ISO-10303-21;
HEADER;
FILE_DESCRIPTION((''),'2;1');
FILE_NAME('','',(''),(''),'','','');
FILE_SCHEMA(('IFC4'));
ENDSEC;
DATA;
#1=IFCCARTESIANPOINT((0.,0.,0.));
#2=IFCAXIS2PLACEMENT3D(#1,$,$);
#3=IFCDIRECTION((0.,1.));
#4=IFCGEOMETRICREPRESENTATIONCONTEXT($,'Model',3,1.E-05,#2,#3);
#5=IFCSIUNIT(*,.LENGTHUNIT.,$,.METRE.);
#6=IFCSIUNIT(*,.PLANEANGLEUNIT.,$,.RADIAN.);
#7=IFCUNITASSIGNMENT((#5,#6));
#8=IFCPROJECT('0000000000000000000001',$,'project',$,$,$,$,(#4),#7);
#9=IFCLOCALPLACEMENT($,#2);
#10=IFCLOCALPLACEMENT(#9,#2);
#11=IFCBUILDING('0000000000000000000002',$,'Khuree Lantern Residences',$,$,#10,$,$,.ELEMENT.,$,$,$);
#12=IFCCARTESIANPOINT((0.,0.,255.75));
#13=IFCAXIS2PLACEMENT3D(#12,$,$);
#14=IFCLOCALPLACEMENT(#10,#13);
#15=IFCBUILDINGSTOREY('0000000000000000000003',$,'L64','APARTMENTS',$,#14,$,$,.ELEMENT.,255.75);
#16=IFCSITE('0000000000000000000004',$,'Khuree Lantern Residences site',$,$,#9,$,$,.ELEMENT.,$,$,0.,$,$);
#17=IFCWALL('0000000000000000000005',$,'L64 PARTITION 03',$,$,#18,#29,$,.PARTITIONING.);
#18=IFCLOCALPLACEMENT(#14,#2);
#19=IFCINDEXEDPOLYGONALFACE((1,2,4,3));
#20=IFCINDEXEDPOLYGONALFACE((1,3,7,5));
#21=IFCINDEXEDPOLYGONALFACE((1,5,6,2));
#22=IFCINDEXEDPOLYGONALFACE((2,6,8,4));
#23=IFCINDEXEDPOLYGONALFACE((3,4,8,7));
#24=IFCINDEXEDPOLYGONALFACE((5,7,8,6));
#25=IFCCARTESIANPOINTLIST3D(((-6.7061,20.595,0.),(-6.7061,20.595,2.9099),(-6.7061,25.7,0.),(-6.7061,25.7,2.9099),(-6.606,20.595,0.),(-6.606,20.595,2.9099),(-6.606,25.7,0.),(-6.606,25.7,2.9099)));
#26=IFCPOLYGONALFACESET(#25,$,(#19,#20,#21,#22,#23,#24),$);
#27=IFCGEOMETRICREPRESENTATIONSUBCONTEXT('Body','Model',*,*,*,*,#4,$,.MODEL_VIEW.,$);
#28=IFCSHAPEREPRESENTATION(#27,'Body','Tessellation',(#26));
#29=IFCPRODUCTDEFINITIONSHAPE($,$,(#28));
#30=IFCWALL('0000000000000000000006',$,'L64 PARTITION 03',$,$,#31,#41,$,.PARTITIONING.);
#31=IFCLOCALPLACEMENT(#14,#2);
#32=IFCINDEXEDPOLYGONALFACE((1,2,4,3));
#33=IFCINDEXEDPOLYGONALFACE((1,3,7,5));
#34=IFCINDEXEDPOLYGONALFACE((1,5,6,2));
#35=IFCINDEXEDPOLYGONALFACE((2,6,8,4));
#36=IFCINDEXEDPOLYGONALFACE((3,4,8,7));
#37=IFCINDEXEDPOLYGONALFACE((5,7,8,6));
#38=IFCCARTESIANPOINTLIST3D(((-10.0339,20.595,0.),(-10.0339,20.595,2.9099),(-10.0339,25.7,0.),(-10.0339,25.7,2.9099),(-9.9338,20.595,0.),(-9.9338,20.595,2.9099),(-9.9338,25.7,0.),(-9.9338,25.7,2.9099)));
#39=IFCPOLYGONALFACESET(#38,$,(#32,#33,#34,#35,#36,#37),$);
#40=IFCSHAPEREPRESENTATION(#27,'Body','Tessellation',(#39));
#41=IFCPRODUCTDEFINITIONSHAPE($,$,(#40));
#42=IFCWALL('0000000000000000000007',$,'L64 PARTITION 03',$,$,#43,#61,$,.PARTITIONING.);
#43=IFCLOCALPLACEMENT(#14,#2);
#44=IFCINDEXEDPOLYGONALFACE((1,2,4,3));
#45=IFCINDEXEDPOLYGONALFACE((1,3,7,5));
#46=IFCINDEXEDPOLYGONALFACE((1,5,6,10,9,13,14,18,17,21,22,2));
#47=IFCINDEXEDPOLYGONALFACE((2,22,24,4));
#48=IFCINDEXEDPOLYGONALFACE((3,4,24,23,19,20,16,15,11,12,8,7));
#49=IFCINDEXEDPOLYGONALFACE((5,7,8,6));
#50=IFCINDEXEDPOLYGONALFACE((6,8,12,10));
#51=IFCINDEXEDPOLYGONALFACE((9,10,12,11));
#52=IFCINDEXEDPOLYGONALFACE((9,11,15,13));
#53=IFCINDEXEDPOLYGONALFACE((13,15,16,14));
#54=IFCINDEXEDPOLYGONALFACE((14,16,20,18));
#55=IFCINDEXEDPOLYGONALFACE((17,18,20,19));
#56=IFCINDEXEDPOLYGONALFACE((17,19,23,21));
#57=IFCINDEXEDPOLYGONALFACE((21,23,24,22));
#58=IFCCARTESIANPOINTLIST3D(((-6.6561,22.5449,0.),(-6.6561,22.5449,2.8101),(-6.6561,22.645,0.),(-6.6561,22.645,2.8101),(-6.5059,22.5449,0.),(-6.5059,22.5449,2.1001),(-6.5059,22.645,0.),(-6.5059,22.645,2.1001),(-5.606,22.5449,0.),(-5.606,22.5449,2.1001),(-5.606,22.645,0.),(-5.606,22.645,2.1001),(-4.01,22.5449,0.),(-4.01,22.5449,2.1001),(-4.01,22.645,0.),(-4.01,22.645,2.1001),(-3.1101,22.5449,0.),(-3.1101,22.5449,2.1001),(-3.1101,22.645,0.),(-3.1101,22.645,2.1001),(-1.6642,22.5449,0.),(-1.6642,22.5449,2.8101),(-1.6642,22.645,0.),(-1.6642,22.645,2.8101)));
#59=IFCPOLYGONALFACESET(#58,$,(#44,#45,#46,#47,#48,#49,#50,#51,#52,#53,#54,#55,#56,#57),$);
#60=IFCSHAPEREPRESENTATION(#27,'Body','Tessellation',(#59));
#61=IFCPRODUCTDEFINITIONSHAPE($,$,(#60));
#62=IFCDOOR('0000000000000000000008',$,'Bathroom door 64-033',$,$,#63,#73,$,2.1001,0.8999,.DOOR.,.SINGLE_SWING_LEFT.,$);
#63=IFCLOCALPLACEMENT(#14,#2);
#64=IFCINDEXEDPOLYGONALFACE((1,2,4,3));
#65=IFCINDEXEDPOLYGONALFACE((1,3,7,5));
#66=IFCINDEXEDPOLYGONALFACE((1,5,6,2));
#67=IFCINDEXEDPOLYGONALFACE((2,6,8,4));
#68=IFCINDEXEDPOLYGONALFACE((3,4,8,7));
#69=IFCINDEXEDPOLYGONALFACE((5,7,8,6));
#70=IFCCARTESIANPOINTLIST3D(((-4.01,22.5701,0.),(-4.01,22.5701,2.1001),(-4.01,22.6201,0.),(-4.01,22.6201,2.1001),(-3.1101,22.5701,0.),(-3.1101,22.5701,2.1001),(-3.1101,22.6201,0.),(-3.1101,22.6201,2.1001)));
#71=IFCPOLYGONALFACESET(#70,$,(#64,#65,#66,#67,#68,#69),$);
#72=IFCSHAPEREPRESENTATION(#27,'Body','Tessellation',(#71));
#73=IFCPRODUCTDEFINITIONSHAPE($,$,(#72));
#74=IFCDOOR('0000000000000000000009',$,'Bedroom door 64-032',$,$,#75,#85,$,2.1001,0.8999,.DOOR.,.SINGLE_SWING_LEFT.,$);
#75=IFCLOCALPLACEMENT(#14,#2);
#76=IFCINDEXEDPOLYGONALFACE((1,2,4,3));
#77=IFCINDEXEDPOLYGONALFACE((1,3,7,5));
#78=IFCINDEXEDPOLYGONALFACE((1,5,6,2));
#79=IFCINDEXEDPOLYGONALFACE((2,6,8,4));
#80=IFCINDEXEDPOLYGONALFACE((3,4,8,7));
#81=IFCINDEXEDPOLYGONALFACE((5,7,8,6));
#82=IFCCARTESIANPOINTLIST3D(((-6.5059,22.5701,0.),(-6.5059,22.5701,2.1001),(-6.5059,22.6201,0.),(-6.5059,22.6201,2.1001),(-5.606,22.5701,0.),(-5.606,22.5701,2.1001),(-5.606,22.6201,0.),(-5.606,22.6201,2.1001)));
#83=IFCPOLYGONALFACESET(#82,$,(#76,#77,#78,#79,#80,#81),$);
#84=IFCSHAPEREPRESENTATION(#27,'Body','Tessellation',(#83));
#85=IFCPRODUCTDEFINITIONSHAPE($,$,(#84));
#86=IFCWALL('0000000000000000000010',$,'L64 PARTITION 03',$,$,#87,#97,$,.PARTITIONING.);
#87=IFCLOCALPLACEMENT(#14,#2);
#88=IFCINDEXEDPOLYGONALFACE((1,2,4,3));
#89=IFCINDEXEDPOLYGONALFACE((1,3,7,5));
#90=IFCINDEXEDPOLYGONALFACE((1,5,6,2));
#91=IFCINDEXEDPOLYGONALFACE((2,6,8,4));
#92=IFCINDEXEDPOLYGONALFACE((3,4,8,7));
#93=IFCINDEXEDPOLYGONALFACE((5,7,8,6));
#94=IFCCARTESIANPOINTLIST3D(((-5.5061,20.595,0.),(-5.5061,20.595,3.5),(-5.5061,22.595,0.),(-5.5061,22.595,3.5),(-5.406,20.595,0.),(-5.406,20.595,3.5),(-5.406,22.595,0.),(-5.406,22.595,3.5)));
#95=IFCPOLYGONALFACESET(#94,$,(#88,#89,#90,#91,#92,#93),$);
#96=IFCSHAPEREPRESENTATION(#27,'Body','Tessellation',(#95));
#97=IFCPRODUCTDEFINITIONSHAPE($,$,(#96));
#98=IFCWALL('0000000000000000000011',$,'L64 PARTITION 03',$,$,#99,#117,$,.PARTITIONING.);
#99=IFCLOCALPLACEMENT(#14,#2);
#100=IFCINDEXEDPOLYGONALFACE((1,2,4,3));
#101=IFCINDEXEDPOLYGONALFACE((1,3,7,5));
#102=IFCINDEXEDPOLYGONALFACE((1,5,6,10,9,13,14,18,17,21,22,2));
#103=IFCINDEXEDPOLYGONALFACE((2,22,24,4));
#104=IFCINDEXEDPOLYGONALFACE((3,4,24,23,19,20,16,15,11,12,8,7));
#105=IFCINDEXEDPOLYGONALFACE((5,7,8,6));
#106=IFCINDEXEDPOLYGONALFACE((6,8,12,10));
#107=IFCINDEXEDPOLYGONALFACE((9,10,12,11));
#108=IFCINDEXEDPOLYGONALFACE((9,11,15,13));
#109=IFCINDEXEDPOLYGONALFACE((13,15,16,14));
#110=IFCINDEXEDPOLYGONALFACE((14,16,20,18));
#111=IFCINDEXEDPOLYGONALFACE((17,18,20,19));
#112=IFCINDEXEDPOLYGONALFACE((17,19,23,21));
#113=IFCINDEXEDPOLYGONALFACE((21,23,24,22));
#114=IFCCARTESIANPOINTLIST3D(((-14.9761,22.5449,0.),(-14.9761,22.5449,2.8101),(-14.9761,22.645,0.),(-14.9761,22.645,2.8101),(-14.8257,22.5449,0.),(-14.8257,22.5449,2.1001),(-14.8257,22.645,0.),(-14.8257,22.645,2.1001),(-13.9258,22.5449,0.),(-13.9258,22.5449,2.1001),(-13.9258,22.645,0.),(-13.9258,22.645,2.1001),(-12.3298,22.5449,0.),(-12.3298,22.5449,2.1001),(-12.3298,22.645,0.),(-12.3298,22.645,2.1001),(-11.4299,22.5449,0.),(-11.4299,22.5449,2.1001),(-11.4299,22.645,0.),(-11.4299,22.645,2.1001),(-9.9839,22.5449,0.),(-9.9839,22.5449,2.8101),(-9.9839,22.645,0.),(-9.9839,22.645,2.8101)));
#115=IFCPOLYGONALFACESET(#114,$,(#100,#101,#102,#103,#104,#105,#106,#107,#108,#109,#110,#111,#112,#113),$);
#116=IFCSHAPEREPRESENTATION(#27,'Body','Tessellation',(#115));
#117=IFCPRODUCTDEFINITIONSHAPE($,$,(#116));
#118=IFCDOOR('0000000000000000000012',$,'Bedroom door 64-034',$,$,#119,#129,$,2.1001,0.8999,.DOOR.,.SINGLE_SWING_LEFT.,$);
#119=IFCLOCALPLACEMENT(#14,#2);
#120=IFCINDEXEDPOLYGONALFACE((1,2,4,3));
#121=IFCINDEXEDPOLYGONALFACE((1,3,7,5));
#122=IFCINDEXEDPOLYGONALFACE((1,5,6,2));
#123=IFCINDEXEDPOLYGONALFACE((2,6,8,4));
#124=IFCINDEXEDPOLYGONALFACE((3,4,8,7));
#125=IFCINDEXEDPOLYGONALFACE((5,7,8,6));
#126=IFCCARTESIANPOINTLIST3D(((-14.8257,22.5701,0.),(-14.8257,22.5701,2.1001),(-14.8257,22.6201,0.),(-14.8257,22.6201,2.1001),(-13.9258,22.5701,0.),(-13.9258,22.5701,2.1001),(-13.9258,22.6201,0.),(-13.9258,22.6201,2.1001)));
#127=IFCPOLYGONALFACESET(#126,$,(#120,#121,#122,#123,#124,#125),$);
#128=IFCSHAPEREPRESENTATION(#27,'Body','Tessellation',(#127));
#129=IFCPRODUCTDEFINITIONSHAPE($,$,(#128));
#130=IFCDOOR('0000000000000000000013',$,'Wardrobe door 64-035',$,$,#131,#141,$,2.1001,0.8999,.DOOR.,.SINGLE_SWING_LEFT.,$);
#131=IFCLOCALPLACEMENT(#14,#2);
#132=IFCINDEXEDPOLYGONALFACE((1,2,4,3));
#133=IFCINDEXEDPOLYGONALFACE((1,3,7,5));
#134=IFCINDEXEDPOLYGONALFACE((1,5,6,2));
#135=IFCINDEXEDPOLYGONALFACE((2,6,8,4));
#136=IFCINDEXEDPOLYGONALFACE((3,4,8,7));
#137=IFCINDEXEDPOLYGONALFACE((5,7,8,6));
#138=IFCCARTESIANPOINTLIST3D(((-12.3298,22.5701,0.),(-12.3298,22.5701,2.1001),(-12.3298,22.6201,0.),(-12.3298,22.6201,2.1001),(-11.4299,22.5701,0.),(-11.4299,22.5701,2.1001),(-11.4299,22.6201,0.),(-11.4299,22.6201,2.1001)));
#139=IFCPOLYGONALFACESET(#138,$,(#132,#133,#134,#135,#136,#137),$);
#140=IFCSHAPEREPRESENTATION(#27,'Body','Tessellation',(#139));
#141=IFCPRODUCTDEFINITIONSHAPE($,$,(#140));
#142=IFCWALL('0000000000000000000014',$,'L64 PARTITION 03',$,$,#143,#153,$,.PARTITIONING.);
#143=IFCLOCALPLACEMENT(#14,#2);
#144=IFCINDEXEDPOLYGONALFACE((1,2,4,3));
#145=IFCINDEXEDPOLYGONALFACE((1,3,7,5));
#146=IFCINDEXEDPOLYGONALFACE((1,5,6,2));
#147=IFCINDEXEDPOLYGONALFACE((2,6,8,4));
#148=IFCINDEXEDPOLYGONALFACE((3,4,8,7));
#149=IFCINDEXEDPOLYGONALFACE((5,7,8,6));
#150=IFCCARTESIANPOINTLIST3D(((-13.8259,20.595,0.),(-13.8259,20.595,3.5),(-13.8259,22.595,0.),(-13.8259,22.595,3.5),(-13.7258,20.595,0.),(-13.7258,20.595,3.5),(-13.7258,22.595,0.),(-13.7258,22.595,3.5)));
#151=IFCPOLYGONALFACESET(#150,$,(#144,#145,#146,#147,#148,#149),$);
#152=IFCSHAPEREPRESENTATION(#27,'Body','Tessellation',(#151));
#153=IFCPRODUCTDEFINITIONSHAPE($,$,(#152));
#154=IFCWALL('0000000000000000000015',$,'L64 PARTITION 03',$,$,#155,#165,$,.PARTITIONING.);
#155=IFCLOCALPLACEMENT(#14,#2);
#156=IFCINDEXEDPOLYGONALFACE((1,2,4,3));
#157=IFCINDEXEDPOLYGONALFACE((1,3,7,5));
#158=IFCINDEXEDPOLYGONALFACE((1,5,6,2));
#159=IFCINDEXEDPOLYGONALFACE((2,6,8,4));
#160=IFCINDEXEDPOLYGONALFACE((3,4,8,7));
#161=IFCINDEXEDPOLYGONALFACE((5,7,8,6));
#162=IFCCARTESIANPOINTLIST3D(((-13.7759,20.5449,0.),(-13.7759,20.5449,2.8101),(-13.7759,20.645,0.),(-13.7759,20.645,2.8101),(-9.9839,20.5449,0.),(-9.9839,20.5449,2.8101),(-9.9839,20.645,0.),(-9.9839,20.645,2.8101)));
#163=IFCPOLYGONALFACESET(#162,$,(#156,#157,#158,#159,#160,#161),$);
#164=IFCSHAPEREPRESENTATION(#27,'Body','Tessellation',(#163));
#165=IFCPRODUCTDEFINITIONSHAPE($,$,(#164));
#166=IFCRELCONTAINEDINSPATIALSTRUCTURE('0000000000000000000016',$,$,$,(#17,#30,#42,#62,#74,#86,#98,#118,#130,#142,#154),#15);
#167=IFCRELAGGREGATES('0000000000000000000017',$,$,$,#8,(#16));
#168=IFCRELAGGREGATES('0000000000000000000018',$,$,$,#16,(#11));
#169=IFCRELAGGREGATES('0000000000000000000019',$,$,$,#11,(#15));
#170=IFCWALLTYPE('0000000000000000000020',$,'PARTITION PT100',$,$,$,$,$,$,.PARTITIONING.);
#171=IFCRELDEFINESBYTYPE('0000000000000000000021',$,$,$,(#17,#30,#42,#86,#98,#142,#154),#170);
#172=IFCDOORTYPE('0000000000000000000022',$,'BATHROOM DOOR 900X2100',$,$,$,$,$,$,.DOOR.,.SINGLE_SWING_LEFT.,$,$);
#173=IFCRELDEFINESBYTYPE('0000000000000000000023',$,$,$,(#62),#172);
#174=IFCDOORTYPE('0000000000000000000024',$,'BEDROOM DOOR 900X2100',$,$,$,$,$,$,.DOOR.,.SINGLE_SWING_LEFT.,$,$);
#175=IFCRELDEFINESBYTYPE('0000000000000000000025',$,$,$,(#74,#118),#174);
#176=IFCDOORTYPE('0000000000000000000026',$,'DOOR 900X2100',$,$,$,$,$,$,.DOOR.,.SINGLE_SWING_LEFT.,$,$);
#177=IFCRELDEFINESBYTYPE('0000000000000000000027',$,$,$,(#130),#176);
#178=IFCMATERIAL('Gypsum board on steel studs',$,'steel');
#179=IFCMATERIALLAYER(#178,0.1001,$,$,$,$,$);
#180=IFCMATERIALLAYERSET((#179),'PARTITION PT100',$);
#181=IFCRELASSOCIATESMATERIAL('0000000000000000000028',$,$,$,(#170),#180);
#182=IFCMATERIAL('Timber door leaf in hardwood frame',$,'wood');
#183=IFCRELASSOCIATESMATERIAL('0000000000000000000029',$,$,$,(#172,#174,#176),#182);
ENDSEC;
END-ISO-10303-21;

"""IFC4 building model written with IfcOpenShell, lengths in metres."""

from ifc_helpers import new_model, si_unit, direction, frame, frame_2d, origin, place, context, subcontext, project, spatial, rectangle, extrude, material, layer, layer_set, type_object, element, fill, save


model = new_model("IFC4")

# Units and contexts
model_context = context("Model", 3, precision=1e-05, world=origin(), true_north=direction((0.0, 1.0)))
body_context = subcontext(model_context, "Body", "Model", "MODEL_VIEW")
ifc_project = project(units=[si_unit("LENGTHUNIT", "METRE"), si_unit("PLANEANGLEUNIT", "RADIAN")], contexts=[model_context])

# Site, building, storey
site_placement = place(None, origin())
site = spatial("IfcSite", under=ifc_project, at=site_placement, Name="Khuree Lantern Residences site", CompositionType="ELEMENT", RefElevation=0.0)
building_placement = place(site_placement, origin())
building = spatial("IfcBuilding", under=site, at=building_placement, Name="Khuree Lantern Residences", CompositionType="ELEMENT")
storey_placement = place(building_placement, frame((0.0, 0.0, 255.75)))
storey = spatial("IfcBuildingStorey", under=building, at=storey_placement, Name="L64", Description="APARTMENTS", CompositionType="ELEMENT", Elevation=255.75)

# Walls
ifc_material_1 = material(Name="Gypsum board on steel studs", Category="steel")
ifc_layer_1 = layer(ifc_material_1, 0.1001)
ifc_layer_set_1 = layer_set([ifc_layer_1], Name="PARTITION PT100")
wall_type_1 = type_object("IfcWallType", Name="PARTITION PT100", PredefinedType="PARTITIONING", material=ifc_layer_set_1)
for number, where, z_axis, x_axis, name in (
    (1, (-6.656, 20.595, 0.0), (0.0, 0.0, 1.0), (0.0, 1.0, 0.0), "L64 PARTITION 03"),
    (2, (-9.9839, 20.595, 0.0), (0.0, 0.0, 1.0), (0.0, 1.0, 0.0), "L64 PARTITION 03"),
):
    element("IfcWall", number, at=place(storey_placement, frame(where, z_axis=z_axis, x_axis=x_axis)), inside=storey, type_object=wall_type_1, Name=name, PredefinedType="PARTITIONING", context=body_context, shape_type="SweptSolid", body=[
        extrude(rectangle(XDim=5.105, YDim=0.1001, at=frame_2d((2.5525, 0.0))), origin(), (0.0, 0.0, 1.0), 2.9099),
    ])

# Wall, openings, doors
wall_1_placement = place(storey_placement, frame((-1.6641, 22.595, 0.0), z_axis=(0.0, 0.0, 1.0), x_axis=(-1.0, 0.0, 0.0)))
wall_1 = element("IfcWall", 3, at=wall_1_placement, inside=storey, type_object=wall_type_1, Name="L64 PARTITION 03", PredefinedType="PARTITIONING", context=body_context, shape_type="SweptSolid", body=[
    extrude(rectangle(XDim=4.9919, YDim=0.1001, at=frame_2d((2.4961, 0.0))), origin(), (0.0, 0.0, 1.0), 2.8101),
])
opening_1_placement = place(wall_1_placement, frame((3.9419, 0.0, 0.0)))
opening_1 = element("IfcOpeningElement", 4, at=opening_1_placement, cuts=wall_1, PredefinedType="OPENING", context=body_context, shape_type="SweptSolid", body=[
    extrude(rectangle(XDim=0.8999, YDim=2.1001, at=frame_2d((0.45, 1.05))), frame((0.0, 0.0601, 0.0), z_axis=(0.0, -1.0, 0.0), x_axis=(1.0, 0.0, 0.0)), (0.0, 0.0, 1.0), 0.1201),
])
opening_2_placement = place(wall_1_placement, frame((1.446, 0.0, 0.0)))
opening_2 = element("IfcOpeningElement", 5, at=opening_2_placement, cuts=wall_1, PredefinedType="OPENING", context=body_context, shape_type="SweptSolid", body=[
    extrude(rectangle(XDim=0.8999, YDim=2.1001, at=frame_2d((0.45, 1.05))), frame((0.0, 0.0601, 0.0), z_axis=(0.0, -1.0, 0.0), x_axis=(1.0, 0.0, 0.0)), (0.0, 0.0, 1.0), 0.1201),
])
ifc_material_2 = material(Name="Timber door leaf in hardwood frame", Category="wood")
door_type_1 = type_object("IfcDoorType", Name="BATHROOM DOOR 900X2100", OperationType="SINGLE_SWING_LEFT", PredefinedType="DOOR", material=ifc_material_2)
door_1_placement = place(opening_2_placement, origin())
door_1 = element("IfcDoor", 6, at=door_1_placement, inside=storey, type_object=door_type_1, Name="Bathroom door 64-033", OperationType="SINGLE_SWING_LEFT", OverallHeight=2.1001, OverallWidth=0.8999, PredefinedType="DOOR", context=body_context, shape_type="SweptSolid", body=[
    extrude(rectangle(XDim=0.8999, YDim=2.1001, at=frame_2d((0.45, 1.05))), frame((0.0, 0.0249, 0.0), z_axis=(0.0, -1.0, 0.0), x_axis=(1.0, 0.0, 0.0)), (0.0, 0.0, 1.0), 0.05),
])
fill(opening_2, door_1)
door_type_2 = type_object("IfcDoorType", Name="BEDROOM DOOR 900X2100", OperationType="SINGLE_SWING_LEFT", PredefinedType="DOOR", material=ifc_material_2)
door_2_placement = place(opening_1_placement, origin())
door_2 = element("IfcDoor", 7, at=door_2_placement, inside=storey, type_object=door_type_2, Name="Bedroom door 64-032", OperationType="SINGLE_SWING_LEFT", OverallHeight=2.1001, OverallWidth=0.8999, PredefinedType="DOOR", context=body_context, shape_type="SweptSolid", body=[
    extrude(rectangle(XDim=0.8999, YDim=2.1001, at=frame_2d((0.45, 1.05))), frame((0.0, 0.0249, 0.0), z_axis=(0.0, -1.0, 0.0), x_axis=(1.0, 0.0, 0.0)), (0.0, 0.0, 1.0), 0.05),
])
fill(opening_1, door_2)

# Wall
wall_2_placement = place(storey_placement, frame((-5.4561, 20.595, 0.0), z_axis=(0.0, 0.0, 1.0), x_axis=(0.0, 1.0, 0.0)))
element("IfcWall", 8, at=wall_2_placement, inside=storey, type_object=wall_type_1, Name="L64 PARTITION 03", PredefinedType="PARTITIONING", context=body_context, shape_type="SweptSolid", body=[
    extrude(rectangle(XDim=2.0, YDim=0.1001, at=frame_2d((1.0, 0.0))), origin(), (0.0, 0.0, 1.0), 3.5),
])

# Wall, openings, doors
wall_3_placement = place(storey_placement, frame((-9.9839, 22.595, 0.0), z_axis=(0.0, 0.0, 1.0), x_axis=(-1.0, 0.0, 0.0)))
wall_3 = element("IfcWall", 9, at=wall_3_placement, inside=storey, type_object=wall_type_1, Name="L64 PARTITION 03", PredefinedType="PARTITIONING", context=body_context, shape_type="SweptSolid", body=[
    extrude(rectangle(XDim=4.9922, YDim=0.1001, at=frame_2d((2.4961, 0.0))), origin(), (0.0, 0.0, 1.0), 2.8101),
])
opening_3_placement = place(wall_3_placement, frame((3.9419, 0.0, 0.0)))
opening_3 = element("IfcOpeningElement", 10, at=opening_3_placement, cuts=wall_3, PredefinedType="OPENING", context=body_context, shape_type="SweptSolid", body=[
    extrude(rectangle(XDim=0.8999, YDim=2.1001, at=frame_2d((0.45, 1.05))), frame((0.0, 0.0601, 0.0), z_axis=(0.0, -1.0, 0.0), x_axis=(1.0, 0.0, 0.0)), (0.0, 0.0, 1.0), 0.1201),
])
opening_4_placement = place(wall_3_placement, frame((1.446, 0.0, 0.0)))
opening_4 = element("IfcOpeningElement", 11, at=opening_4_placement, cuts=wall_3, PredefinedType="OPENING", context=body_context, shape_type="SweptSolid", body=[
    extrude(rectangle(XDim=0.8999, YDim=2.1001, at=frame_2d((0.45, 1.05))), frame((0.0, 0.0601, 0.0), z_axis=(0.0, -1.0, 0.0), x_axis=(1.0, 0.0, 0.0)), (0.0, 0.0, 1.0), 0.1201),
])
door_3_placement = place(opening_3_placement, origin())
door_3 = element("IfcDoor", 12, at=door_3_placement, inside=storey, type_object=door_type_2, Name="Bedroom door 64-034", OperationType="SINGLE_SWING_LEFT", OverallHeight=2.1001, OverallWidth=0.8999, PredefinedType="DOOR", context=body_context, shape_type="SweptSolid", body=[
    extrude(rectangle(XDim=0.8999, YDim=2.1001, at=frame_2d((0.45, 1.05))), frame((0.0, 0.0249, 0.0), z_axis=(0.0, -1.0, 0.0), x_axis=(1.0, 0.0, 0.0)), (0.0, 0.0, 1.0), 0.05),
])
fill(opening_3, door_3)
door_type_3 = type_object("IfcDoorType", Name="DOOR 900X2100", OperationType="SINGLE_SWING_LEFT", PredefinedType="DOOR", material=ifc_material_2)
door_4_placement = place(opening_4_placement, origin())
door_4 = element("IfcDoor", 13, at=door_4_placement, inside=storey, type_object=door_type_3, Name="Wardrobe door 64-035", OperationType="SINGLE_SWING_LEFT", OverallHeight=2.1001, OverallWidth=0.8999, PredefinedType="DOOR", context=body_context, shape_type="SweptSolid", body=[
    extrude(rectangle(XDim=0.8999, YDim=2.1001, at=frame_2d((0.45, 1.05))), frame((0.0, 0.0249, 0.0), z_axis=(0.0, -1.0, 0.0), x_axis=(1.0, 0.0, 0.0)), (0.0, 0.0, 1.0), 0.05),
])
fill(opening_4, door_4)

# Walls
wall_4_placement = place(storey_placement, frame((-13.7759, 20.595, 0.0), z_axis=(0.0, 0.0, 1.0), x_axis=(0.0, 1.0, 0.0)))
element("IfcWall", 14, at=wall_4_placement, inside=storey, type_object=wall_type_1, Name="L64 PARTITION 03", PredefinedType="PARTITIONING", context=body_context, shape_type="SweptSolid", body=[
    extrude(rectangle(XDim=2.0, YDim=0.1001, at=frame_2d((1.0, 0.0))), origin(), (0.0, 0.0, 1.0), 3.5),
])
wall_5_placement = place(storey_placement, frame((-9.9839, 20.595, 0.0), z_axis=(0.0, 0.0, 1.0), x_axis=(-1.0, 0.0, 0.0)))
element("IfcWall", 15, at=wall_5_placement, inside=storey, type_object=wall_type_1, Name="L64 PARTITION 03", PredefinedType="PARTITIONING", context=body_context, shape_type="SweptSolid", body=[
    extrude(rectangle(XDim=3.792, YDim=0.1001, at=frame_2d((1.896, 0.0))), origin(), (0.0, 0.0, 1.0), 2.8101),
])

save(model, "model.ifc")
